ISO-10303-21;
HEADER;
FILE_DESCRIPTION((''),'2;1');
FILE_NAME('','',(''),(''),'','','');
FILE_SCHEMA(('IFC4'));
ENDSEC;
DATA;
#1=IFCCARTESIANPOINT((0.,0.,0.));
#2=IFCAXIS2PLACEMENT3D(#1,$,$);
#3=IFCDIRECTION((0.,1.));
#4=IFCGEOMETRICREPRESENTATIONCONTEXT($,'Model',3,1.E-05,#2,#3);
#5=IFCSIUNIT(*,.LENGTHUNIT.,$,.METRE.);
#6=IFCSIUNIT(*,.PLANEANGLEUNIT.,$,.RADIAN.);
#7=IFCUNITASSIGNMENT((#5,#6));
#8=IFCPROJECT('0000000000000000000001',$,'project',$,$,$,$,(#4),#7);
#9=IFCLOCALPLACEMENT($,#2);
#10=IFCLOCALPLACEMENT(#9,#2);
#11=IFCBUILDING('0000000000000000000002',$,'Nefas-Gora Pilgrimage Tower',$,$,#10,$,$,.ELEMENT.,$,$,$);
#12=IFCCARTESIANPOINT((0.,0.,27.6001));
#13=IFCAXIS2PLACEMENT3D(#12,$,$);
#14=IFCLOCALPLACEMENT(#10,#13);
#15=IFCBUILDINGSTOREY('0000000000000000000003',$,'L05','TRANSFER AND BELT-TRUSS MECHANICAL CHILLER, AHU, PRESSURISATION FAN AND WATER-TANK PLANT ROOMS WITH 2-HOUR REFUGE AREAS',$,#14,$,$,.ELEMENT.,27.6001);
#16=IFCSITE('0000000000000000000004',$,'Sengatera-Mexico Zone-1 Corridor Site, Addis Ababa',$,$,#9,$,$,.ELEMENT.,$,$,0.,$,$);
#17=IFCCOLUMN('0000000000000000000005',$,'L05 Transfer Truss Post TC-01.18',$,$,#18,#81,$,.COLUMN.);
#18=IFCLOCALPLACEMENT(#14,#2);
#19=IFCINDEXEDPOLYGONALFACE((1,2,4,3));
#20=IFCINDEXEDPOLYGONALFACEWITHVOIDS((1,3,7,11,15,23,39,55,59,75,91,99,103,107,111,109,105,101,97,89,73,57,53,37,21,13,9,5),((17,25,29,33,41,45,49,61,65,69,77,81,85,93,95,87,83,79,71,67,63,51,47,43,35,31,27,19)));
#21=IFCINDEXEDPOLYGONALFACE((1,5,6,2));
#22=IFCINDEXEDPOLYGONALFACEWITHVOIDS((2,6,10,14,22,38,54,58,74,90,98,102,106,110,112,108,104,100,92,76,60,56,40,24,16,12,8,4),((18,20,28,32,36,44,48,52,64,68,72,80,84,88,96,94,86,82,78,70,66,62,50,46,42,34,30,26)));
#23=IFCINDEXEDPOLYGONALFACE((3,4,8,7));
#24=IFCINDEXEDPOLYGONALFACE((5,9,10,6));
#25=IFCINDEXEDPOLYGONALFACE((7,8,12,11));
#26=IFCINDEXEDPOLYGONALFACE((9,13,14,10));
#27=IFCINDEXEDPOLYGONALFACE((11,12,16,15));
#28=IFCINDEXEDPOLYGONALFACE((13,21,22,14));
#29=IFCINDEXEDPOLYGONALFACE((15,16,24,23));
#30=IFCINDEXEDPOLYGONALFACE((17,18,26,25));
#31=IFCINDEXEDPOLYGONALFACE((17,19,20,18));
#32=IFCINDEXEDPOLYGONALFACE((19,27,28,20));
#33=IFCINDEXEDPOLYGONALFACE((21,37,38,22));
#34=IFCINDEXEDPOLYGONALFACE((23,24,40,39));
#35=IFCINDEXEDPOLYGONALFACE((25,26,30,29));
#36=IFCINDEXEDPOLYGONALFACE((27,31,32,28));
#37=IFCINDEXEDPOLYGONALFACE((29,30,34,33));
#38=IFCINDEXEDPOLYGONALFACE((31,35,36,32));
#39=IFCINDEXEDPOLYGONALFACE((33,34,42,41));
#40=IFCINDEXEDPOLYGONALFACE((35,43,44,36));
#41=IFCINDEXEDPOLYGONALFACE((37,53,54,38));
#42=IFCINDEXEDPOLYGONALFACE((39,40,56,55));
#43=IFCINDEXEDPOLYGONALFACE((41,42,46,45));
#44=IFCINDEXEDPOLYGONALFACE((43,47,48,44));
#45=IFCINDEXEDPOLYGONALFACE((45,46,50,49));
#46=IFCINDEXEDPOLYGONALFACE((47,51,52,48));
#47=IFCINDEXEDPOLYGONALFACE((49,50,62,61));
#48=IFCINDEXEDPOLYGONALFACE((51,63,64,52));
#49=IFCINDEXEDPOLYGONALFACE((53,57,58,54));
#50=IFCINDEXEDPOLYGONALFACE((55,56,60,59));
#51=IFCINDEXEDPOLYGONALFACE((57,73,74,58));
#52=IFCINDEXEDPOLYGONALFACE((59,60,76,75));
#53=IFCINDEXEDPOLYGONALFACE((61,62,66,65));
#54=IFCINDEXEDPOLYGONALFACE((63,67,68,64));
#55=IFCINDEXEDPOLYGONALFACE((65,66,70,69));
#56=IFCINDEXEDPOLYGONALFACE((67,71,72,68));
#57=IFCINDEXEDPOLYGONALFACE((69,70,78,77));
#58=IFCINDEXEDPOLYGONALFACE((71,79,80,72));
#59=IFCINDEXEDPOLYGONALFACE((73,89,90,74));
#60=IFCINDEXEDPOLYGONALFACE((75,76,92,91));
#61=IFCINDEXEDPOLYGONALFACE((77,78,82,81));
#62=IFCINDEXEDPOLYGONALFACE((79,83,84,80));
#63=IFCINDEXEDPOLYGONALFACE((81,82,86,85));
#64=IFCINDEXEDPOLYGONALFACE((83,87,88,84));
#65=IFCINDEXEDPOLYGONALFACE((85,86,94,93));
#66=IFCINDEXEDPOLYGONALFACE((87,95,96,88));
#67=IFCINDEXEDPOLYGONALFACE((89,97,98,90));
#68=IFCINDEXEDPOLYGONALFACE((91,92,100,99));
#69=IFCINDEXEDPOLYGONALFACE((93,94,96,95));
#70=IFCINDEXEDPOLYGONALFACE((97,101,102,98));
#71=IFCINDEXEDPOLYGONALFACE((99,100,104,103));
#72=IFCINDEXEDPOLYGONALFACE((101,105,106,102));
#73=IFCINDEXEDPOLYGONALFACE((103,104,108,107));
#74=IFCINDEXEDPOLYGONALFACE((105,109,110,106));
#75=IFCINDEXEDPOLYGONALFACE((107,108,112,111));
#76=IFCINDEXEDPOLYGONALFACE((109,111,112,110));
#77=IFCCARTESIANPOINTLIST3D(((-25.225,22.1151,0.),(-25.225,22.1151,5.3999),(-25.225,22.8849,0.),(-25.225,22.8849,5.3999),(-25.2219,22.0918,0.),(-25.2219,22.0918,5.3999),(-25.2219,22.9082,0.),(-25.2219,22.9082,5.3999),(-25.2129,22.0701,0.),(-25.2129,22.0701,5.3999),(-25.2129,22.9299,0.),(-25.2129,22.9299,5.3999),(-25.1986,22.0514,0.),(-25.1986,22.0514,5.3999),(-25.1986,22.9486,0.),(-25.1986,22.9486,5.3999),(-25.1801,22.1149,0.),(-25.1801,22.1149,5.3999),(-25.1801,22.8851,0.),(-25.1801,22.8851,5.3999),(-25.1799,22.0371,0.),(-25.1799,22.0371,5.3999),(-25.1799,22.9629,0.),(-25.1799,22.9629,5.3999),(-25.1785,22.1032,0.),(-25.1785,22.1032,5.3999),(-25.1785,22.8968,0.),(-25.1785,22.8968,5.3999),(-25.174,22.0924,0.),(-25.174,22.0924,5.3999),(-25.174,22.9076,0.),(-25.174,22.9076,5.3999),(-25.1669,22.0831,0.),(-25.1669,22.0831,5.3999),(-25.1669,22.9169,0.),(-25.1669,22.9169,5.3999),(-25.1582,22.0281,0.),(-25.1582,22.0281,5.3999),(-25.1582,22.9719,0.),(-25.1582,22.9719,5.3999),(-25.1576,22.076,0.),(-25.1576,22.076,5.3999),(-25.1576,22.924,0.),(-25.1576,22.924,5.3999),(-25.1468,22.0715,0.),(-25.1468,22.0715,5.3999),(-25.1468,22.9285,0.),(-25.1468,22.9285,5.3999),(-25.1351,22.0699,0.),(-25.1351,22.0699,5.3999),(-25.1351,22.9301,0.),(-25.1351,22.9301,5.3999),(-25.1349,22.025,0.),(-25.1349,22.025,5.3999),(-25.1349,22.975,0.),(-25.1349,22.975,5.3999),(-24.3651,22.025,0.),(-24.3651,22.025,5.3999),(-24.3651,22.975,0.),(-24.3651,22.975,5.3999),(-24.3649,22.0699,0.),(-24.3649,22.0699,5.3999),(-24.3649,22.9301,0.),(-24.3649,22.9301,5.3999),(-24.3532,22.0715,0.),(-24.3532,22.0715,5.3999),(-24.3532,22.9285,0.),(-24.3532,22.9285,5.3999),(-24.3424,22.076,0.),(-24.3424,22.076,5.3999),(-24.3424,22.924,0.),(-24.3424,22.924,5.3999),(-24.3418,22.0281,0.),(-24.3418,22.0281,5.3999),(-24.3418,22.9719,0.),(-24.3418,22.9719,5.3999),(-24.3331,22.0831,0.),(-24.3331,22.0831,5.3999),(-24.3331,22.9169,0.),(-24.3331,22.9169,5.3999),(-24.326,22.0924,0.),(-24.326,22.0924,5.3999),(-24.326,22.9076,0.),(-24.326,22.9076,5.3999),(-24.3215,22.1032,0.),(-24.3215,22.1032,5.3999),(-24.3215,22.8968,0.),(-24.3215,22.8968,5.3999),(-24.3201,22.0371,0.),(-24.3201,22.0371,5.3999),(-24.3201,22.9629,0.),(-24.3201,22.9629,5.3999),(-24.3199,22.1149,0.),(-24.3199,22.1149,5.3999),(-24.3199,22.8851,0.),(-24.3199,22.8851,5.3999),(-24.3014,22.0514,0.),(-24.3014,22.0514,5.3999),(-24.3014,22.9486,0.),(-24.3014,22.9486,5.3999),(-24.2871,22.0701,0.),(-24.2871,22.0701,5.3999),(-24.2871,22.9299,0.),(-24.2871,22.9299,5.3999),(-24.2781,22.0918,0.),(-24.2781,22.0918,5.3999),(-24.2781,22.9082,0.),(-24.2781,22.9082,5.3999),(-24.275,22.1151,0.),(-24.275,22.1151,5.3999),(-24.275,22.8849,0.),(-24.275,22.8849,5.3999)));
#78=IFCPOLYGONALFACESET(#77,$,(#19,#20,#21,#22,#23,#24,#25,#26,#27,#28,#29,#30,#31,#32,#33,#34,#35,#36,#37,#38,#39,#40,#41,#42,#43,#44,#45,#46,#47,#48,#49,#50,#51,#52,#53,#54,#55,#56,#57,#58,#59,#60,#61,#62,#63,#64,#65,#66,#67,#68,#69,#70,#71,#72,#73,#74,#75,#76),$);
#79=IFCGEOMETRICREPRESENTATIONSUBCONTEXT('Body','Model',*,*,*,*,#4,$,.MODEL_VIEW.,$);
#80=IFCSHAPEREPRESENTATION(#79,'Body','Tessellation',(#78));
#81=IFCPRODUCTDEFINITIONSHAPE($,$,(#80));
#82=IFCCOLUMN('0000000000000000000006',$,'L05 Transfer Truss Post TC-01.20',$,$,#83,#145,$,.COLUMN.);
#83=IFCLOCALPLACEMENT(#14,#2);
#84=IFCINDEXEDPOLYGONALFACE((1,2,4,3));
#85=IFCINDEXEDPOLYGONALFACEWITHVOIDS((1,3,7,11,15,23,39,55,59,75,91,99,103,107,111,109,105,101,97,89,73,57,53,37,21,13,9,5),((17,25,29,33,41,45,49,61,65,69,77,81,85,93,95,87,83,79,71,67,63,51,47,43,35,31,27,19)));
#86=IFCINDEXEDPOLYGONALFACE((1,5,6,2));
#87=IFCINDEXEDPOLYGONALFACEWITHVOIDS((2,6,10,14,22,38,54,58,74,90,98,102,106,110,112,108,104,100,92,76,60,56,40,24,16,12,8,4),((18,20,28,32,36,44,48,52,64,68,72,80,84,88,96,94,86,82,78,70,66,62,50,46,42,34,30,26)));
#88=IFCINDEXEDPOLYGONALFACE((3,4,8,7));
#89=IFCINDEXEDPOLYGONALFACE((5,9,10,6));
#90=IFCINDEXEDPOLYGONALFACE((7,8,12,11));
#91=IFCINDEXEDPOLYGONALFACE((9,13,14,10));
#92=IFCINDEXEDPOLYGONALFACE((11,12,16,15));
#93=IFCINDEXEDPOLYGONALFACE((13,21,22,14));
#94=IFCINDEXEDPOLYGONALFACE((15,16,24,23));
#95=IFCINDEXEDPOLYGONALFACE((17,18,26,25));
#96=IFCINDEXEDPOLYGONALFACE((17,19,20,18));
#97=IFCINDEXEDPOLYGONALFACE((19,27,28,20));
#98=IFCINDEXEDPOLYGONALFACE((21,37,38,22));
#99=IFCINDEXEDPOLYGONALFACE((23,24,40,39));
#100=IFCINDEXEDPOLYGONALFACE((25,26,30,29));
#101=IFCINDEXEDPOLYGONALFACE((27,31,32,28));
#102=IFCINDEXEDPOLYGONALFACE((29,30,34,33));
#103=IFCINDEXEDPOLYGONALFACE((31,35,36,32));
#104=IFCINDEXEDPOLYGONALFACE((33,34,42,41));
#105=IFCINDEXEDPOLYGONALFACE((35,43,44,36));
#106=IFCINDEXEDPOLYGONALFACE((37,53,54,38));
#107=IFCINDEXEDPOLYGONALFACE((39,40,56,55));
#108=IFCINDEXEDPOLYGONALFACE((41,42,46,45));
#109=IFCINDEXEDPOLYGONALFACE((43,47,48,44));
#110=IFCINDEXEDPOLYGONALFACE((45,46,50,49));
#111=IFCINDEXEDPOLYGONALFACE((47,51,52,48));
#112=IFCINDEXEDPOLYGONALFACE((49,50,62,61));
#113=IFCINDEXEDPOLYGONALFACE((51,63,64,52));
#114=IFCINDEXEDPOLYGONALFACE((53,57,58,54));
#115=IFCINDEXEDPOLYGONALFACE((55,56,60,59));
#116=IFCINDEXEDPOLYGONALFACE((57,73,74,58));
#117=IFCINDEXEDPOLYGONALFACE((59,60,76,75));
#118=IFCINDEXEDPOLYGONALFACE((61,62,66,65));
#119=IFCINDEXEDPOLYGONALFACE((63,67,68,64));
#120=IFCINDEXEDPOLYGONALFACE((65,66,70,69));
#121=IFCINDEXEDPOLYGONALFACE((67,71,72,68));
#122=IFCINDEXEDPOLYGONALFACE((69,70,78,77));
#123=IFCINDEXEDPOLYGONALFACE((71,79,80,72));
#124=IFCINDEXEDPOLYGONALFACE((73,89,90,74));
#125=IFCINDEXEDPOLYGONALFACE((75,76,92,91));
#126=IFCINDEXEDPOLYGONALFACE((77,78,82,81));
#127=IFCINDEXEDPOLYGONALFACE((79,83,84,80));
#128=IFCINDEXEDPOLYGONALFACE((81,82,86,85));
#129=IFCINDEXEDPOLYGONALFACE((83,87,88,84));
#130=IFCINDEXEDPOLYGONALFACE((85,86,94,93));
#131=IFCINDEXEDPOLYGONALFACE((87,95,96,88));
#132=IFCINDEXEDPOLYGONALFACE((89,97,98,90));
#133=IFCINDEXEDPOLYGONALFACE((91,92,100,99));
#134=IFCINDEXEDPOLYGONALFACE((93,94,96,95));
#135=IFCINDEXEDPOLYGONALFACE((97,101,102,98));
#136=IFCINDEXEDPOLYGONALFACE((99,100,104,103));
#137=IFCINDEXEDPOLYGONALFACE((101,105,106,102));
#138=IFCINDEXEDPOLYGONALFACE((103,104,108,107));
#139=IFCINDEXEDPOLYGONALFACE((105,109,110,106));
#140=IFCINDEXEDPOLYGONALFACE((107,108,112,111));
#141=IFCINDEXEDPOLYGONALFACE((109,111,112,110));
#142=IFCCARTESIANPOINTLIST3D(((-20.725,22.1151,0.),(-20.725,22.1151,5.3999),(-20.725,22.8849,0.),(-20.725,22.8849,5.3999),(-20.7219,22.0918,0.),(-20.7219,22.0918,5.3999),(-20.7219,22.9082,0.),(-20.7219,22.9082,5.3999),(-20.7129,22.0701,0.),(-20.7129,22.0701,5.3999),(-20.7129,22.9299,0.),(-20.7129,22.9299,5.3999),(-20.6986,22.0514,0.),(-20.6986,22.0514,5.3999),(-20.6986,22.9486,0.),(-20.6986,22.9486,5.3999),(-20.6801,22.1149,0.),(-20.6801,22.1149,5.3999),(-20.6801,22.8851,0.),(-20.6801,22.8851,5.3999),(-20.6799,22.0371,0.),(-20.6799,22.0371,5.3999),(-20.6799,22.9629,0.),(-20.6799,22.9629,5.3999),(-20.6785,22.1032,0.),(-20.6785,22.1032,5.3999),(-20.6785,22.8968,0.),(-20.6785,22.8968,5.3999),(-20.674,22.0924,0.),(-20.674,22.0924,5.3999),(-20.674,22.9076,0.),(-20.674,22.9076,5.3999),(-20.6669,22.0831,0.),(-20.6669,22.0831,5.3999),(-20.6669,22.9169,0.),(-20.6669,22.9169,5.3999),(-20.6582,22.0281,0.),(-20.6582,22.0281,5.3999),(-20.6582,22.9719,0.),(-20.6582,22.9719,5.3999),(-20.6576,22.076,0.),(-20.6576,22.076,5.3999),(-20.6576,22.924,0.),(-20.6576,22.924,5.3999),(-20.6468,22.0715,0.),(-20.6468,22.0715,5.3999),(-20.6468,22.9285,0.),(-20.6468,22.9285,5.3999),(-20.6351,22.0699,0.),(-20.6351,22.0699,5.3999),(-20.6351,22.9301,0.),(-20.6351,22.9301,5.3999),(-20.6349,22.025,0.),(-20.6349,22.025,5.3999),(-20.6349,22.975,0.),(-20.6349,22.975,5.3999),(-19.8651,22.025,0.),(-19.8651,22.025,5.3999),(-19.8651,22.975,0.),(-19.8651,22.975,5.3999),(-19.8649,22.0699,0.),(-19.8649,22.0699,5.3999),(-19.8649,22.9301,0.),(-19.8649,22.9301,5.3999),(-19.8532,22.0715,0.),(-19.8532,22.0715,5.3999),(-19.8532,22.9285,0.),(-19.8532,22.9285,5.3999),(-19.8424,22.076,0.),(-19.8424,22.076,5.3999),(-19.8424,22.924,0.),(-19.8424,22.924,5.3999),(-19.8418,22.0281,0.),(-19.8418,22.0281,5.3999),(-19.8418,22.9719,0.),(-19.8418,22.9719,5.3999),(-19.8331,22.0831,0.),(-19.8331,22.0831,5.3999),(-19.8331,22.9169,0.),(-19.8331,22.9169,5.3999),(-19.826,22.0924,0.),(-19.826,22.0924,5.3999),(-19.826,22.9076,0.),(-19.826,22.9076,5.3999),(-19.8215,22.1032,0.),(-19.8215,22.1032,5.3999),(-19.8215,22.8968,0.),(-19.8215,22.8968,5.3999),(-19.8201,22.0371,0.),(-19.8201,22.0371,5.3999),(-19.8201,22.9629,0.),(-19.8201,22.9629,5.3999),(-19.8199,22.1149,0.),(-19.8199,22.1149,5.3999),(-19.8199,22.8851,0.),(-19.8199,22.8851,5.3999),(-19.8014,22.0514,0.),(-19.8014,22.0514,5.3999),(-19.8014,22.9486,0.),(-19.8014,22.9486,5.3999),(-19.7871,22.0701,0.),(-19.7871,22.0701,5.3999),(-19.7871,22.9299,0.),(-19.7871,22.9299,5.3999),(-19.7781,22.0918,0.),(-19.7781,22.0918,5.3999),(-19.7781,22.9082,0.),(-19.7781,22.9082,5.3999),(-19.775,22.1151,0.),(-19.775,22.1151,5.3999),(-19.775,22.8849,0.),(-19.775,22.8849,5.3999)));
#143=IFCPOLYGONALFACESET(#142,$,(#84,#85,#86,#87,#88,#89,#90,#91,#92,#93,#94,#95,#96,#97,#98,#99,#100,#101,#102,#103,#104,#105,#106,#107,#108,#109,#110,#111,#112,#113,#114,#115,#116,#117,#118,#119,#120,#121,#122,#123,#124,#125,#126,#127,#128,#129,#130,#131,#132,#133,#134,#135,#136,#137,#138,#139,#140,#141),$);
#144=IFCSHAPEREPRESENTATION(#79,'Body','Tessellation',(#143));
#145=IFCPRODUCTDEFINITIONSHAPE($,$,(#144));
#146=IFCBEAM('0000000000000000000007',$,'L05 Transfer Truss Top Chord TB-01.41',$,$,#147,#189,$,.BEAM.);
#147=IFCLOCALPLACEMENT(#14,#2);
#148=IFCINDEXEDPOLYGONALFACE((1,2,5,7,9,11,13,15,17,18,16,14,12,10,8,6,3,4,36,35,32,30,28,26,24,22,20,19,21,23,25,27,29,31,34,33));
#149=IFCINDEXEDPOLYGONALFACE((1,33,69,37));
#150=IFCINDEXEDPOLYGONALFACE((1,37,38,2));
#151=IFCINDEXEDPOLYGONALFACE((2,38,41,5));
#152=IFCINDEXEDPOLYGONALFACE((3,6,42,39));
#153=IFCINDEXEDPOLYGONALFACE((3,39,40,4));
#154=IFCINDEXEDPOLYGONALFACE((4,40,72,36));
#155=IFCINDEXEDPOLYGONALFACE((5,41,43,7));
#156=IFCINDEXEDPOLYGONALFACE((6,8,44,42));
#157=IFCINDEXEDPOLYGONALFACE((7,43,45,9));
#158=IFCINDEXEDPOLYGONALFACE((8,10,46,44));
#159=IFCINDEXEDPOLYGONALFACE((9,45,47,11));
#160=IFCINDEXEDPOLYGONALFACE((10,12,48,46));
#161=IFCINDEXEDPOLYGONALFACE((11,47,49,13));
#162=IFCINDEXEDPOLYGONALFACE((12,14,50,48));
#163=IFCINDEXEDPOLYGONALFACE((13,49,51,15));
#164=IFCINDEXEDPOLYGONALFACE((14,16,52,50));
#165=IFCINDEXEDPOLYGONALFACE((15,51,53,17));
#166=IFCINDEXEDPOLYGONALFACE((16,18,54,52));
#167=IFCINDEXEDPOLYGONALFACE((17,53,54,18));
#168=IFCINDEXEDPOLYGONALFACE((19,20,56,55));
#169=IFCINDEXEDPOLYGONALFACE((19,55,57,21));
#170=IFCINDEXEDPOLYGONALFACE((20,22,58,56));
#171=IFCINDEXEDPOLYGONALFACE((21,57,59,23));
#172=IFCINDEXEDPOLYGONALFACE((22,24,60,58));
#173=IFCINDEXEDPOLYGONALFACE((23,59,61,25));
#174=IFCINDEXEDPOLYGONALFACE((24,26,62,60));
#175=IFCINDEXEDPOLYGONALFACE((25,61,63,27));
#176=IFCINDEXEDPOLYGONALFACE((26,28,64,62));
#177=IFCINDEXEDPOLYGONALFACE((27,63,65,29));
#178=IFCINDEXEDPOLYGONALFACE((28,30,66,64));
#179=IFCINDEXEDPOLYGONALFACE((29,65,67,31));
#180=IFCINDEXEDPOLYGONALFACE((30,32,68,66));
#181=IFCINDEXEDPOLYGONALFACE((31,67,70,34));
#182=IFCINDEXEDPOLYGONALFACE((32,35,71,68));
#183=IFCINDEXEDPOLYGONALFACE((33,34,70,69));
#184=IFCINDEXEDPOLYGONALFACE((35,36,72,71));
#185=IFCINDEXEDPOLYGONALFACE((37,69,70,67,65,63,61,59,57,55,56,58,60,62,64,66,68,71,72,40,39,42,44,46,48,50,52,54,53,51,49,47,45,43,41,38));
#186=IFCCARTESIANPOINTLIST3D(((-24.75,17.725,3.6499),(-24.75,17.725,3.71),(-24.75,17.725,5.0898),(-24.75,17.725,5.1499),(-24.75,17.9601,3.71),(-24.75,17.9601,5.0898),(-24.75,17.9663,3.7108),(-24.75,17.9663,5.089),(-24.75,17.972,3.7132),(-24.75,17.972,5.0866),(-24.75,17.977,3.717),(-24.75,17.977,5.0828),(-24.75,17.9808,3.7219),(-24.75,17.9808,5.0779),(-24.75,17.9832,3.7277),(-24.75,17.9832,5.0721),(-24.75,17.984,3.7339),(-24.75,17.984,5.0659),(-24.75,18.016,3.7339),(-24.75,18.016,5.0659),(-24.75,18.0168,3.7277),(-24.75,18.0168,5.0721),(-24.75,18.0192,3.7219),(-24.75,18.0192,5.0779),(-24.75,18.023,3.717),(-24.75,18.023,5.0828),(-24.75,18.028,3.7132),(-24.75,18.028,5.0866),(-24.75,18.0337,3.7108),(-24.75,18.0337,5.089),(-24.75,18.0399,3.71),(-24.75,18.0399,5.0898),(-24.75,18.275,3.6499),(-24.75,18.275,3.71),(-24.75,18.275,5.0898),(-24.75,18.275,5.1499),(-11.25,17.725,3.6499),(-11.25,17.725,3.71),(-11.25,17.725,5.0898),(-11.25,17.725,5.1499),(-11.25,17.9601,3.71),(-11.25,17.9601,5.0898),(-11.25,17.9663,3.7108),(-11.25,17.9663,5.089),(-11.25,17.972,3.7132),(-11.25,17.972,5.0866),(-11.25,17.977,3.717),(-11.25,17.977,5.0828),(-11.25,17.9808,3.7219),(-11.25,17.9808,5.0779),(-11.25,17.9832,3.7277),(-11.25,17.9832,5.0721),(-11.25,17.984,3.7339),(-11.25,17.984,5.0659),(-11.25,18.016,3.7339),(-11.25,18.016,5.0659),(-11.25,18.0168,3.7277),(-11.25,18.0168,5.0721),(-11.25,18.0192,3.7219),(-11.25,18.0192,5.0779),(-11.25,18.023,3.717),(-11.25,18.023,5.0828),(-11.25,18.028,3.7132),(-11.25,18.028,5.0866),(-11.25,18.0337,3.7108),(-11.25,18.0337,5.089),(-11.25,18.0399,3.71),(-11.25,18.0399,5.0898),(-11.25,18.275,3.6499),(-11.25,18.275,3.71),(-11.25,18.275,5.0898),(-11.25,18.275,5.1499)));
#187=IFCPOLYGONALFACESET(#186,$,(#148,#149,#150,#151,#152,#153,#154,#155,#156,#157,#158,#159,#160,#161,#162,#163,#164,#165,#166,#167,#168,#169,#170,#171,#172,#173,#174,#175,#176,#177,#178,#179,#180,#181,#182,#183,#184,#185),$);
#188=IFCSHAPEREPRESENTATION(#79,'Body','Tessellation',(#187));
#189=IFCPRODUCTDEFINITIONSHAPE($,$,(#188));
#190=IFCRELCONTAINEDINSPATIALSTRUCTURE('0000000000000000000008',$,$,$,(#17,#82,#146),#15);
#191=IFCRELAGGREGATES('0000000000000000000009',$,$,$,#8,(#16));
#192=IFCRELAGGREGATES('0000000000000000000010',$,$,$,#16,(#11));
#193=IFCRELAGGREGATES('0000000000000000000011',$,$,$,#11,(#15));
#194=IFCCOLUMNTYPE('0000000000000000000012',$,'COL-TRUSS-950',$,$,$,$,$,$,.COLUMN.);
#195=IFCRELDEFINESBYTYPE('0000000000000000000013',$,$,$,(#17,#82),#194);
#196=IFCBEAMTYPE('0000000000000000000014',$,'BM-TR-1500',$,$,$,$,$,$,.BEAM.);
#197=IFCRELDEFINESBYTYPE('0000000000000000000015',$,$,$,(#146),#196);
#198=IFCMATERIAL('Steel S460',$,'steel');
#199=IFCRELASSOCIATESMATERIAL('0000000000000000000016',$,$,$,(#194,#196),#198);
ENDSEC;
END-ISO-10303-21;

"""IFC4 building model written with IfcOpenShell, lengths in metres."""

from ifc_helpers import new_model, si_unit, direction, frame, origin, origin_2d, place, context, subcontext, project, spatial, hollow_rectangle, i_section, extrude, source, transform, mapped, material, material_profile, profile_set, type_object, element, save


model = new_model("IFC4")

# Units and contexts
model_context = context("Model", 3, precision=1e-05, world=origin(), true_north=direction((0.0, 1.0)))
body_context = subcontext(model_context, "Body", "Model", "MODEL_VIEW")
ifc_project = project(units=[si_unit("LENGTHUNIT", "METRE"), si_unit("PLANEANGLEUNIT", "RADIAN")], contexts=[model_context])

# Site, building, storey
site_placement = place(None, origin())
site = spatial("IfcSite", under=ifc_project, at=site_placement, Name="Sengatera-Mexico Zone-1 Corridor Site, Addis Ababa", CompositionType="ELEMENT", RefElevation=0.0)
building_placement = place(site_placement, origin())
building = spatial("IfcBuilding", under=site, at=building_placement, Name="Nefas-Gora Pilgrimage Tower", CompositionType="ELEMENT")
storey_placement = place(building_placement, frame((0.0, 0.0, 27.6001)))
storey = spatial("IfcBuildingStorey", under=building, at=storey_placement, Name="L05", Description="TRANSFER AND BELT-TRUSS MECHANICAL CHILLER, AHU, PRESSURISATION FAN AND WATER-TANK PLANT ROOMS WITH 2-HOUR REFUGE AREAS", CompositionType="ELEMENT", Elevation=27.6001)

# Columns
ifc_material = material(Name="Steel S460", Category="steel")
ifc_material_profile_1 = material_profile(ifc_material, hollow_rectangle(XDim=0.95, YDim=0.95, WallThickness=0.0449, InnerFilletRadius=0.0449, OuterFilletRadius=0.0901, at=origin_2d()), Name="BOX 950x950x45")
ifc_profile_set_1 = profile_set([ifc_material_profile_1], Name="Steel S460")
column_type_1 = type_object("IfcColumnType", Name="COL-TRUSS-950", PredefinedType="COLUMN", material=ifc_profile_set_1)
shared_shape_1 = source(origin(), body_context, "Body", "SweptSolid", [
    extrude(hollow_rectangle(XDim=0.95, YDim=0.95, WallThickness=0.0449, InnerFilletRadius=0.0449, OuterFilletRadius=0.0901, at=origin_2d()), origin(), (0.0, 0.0, 1.0), 5.3999),
])
for number, where, z_axis, x_axis, name in (
    (1, (-24.75, 22.5, 0.0), (0.0, 0.0, 1.0), (1.0, 0.0, 0.0), "L05 Transfer Truss Post TC-01.18"),
    (2, (-20.25, 22.5, 0.0), (0.0, 0.0, 1.0), (1.0, 0.0, 0.0), "L05 Transfer Truss Post TC-01.20"),
):
    element("IfcColumn", number, at=place(storey_placement, frame(where, z_axis=z_axis, x_axis=x_axis)), inside=storey, type_object=column_type_1, Name=name, PredefinedType="COLUMN", context=body_context, shape_type="MappedRepresentation", body=[
        mapped(shared_shape_1, transform((0.0, 0.0, 0.0), x_axis=(1.0, 0.0, 0.0), y_axis=(0.0, 1.0, 0.0), z_axis=(0.0, 0.0, 1.0), scale=1.0)),
    ])

# Beam
ifc_material_profile_2 = material_profile(ifc_material, i_section(OverallWidth=0.55, OverallDepth=1.5, WebThickness=0.032, FlangeThickness=0.0601, FilletRadius=0.0239, at=origin_2d()), Name="WPG 1500x550x32x60")
ifc_profile_set_2 = profile_set([ifc_material_profile_2], Name="Steel S460")
beam_type_1 = type_object("IfcBeamType", Name="BM-TR-1500", PredefinedType="BEAM", material=ifc_profile_set_2)
shared_shape_2 = source(origin(), body_context, "Body", "SweptSolid", [
    extrude(i_section(OverallWidth=0.55, OverallDepth=1.5, WebThickness=0.032, FlangeThickness=0.0601, FilletRadius=0.0239, at=origin_2d()), origin(), (0.0, 0.0, 1.0), 13.5),
])
for number, where, z_axis, x_axis, name in (
    (3, (-24.75, 18.0, 4.3999), (1.0, 0.0, 0.0), (0.0, 1.0, 0.0), "L05 Transfer Truss Top Chord TB-01.41"),
):
    element("IfcBeam", number, at=place(storey_placement, frame(where, z_axis=z_axis, x_axis=x_axis)), inside=storey, type_object=beam_type_1, Name=name, PredefinedType="BEAM", context=body_context, shape_type="MappedRepresentation", body=[
        mapped(shared_shape_2, transform((0.0, 0.0, 0.0), x_axis=(1.0, 0.0, 0.0), y_axis=(0.0, 1.0, 0.0), z_axis=(0.0, 0.0, 1.0), scale=1.0)),
    ])

save(model, "model.ifc")
